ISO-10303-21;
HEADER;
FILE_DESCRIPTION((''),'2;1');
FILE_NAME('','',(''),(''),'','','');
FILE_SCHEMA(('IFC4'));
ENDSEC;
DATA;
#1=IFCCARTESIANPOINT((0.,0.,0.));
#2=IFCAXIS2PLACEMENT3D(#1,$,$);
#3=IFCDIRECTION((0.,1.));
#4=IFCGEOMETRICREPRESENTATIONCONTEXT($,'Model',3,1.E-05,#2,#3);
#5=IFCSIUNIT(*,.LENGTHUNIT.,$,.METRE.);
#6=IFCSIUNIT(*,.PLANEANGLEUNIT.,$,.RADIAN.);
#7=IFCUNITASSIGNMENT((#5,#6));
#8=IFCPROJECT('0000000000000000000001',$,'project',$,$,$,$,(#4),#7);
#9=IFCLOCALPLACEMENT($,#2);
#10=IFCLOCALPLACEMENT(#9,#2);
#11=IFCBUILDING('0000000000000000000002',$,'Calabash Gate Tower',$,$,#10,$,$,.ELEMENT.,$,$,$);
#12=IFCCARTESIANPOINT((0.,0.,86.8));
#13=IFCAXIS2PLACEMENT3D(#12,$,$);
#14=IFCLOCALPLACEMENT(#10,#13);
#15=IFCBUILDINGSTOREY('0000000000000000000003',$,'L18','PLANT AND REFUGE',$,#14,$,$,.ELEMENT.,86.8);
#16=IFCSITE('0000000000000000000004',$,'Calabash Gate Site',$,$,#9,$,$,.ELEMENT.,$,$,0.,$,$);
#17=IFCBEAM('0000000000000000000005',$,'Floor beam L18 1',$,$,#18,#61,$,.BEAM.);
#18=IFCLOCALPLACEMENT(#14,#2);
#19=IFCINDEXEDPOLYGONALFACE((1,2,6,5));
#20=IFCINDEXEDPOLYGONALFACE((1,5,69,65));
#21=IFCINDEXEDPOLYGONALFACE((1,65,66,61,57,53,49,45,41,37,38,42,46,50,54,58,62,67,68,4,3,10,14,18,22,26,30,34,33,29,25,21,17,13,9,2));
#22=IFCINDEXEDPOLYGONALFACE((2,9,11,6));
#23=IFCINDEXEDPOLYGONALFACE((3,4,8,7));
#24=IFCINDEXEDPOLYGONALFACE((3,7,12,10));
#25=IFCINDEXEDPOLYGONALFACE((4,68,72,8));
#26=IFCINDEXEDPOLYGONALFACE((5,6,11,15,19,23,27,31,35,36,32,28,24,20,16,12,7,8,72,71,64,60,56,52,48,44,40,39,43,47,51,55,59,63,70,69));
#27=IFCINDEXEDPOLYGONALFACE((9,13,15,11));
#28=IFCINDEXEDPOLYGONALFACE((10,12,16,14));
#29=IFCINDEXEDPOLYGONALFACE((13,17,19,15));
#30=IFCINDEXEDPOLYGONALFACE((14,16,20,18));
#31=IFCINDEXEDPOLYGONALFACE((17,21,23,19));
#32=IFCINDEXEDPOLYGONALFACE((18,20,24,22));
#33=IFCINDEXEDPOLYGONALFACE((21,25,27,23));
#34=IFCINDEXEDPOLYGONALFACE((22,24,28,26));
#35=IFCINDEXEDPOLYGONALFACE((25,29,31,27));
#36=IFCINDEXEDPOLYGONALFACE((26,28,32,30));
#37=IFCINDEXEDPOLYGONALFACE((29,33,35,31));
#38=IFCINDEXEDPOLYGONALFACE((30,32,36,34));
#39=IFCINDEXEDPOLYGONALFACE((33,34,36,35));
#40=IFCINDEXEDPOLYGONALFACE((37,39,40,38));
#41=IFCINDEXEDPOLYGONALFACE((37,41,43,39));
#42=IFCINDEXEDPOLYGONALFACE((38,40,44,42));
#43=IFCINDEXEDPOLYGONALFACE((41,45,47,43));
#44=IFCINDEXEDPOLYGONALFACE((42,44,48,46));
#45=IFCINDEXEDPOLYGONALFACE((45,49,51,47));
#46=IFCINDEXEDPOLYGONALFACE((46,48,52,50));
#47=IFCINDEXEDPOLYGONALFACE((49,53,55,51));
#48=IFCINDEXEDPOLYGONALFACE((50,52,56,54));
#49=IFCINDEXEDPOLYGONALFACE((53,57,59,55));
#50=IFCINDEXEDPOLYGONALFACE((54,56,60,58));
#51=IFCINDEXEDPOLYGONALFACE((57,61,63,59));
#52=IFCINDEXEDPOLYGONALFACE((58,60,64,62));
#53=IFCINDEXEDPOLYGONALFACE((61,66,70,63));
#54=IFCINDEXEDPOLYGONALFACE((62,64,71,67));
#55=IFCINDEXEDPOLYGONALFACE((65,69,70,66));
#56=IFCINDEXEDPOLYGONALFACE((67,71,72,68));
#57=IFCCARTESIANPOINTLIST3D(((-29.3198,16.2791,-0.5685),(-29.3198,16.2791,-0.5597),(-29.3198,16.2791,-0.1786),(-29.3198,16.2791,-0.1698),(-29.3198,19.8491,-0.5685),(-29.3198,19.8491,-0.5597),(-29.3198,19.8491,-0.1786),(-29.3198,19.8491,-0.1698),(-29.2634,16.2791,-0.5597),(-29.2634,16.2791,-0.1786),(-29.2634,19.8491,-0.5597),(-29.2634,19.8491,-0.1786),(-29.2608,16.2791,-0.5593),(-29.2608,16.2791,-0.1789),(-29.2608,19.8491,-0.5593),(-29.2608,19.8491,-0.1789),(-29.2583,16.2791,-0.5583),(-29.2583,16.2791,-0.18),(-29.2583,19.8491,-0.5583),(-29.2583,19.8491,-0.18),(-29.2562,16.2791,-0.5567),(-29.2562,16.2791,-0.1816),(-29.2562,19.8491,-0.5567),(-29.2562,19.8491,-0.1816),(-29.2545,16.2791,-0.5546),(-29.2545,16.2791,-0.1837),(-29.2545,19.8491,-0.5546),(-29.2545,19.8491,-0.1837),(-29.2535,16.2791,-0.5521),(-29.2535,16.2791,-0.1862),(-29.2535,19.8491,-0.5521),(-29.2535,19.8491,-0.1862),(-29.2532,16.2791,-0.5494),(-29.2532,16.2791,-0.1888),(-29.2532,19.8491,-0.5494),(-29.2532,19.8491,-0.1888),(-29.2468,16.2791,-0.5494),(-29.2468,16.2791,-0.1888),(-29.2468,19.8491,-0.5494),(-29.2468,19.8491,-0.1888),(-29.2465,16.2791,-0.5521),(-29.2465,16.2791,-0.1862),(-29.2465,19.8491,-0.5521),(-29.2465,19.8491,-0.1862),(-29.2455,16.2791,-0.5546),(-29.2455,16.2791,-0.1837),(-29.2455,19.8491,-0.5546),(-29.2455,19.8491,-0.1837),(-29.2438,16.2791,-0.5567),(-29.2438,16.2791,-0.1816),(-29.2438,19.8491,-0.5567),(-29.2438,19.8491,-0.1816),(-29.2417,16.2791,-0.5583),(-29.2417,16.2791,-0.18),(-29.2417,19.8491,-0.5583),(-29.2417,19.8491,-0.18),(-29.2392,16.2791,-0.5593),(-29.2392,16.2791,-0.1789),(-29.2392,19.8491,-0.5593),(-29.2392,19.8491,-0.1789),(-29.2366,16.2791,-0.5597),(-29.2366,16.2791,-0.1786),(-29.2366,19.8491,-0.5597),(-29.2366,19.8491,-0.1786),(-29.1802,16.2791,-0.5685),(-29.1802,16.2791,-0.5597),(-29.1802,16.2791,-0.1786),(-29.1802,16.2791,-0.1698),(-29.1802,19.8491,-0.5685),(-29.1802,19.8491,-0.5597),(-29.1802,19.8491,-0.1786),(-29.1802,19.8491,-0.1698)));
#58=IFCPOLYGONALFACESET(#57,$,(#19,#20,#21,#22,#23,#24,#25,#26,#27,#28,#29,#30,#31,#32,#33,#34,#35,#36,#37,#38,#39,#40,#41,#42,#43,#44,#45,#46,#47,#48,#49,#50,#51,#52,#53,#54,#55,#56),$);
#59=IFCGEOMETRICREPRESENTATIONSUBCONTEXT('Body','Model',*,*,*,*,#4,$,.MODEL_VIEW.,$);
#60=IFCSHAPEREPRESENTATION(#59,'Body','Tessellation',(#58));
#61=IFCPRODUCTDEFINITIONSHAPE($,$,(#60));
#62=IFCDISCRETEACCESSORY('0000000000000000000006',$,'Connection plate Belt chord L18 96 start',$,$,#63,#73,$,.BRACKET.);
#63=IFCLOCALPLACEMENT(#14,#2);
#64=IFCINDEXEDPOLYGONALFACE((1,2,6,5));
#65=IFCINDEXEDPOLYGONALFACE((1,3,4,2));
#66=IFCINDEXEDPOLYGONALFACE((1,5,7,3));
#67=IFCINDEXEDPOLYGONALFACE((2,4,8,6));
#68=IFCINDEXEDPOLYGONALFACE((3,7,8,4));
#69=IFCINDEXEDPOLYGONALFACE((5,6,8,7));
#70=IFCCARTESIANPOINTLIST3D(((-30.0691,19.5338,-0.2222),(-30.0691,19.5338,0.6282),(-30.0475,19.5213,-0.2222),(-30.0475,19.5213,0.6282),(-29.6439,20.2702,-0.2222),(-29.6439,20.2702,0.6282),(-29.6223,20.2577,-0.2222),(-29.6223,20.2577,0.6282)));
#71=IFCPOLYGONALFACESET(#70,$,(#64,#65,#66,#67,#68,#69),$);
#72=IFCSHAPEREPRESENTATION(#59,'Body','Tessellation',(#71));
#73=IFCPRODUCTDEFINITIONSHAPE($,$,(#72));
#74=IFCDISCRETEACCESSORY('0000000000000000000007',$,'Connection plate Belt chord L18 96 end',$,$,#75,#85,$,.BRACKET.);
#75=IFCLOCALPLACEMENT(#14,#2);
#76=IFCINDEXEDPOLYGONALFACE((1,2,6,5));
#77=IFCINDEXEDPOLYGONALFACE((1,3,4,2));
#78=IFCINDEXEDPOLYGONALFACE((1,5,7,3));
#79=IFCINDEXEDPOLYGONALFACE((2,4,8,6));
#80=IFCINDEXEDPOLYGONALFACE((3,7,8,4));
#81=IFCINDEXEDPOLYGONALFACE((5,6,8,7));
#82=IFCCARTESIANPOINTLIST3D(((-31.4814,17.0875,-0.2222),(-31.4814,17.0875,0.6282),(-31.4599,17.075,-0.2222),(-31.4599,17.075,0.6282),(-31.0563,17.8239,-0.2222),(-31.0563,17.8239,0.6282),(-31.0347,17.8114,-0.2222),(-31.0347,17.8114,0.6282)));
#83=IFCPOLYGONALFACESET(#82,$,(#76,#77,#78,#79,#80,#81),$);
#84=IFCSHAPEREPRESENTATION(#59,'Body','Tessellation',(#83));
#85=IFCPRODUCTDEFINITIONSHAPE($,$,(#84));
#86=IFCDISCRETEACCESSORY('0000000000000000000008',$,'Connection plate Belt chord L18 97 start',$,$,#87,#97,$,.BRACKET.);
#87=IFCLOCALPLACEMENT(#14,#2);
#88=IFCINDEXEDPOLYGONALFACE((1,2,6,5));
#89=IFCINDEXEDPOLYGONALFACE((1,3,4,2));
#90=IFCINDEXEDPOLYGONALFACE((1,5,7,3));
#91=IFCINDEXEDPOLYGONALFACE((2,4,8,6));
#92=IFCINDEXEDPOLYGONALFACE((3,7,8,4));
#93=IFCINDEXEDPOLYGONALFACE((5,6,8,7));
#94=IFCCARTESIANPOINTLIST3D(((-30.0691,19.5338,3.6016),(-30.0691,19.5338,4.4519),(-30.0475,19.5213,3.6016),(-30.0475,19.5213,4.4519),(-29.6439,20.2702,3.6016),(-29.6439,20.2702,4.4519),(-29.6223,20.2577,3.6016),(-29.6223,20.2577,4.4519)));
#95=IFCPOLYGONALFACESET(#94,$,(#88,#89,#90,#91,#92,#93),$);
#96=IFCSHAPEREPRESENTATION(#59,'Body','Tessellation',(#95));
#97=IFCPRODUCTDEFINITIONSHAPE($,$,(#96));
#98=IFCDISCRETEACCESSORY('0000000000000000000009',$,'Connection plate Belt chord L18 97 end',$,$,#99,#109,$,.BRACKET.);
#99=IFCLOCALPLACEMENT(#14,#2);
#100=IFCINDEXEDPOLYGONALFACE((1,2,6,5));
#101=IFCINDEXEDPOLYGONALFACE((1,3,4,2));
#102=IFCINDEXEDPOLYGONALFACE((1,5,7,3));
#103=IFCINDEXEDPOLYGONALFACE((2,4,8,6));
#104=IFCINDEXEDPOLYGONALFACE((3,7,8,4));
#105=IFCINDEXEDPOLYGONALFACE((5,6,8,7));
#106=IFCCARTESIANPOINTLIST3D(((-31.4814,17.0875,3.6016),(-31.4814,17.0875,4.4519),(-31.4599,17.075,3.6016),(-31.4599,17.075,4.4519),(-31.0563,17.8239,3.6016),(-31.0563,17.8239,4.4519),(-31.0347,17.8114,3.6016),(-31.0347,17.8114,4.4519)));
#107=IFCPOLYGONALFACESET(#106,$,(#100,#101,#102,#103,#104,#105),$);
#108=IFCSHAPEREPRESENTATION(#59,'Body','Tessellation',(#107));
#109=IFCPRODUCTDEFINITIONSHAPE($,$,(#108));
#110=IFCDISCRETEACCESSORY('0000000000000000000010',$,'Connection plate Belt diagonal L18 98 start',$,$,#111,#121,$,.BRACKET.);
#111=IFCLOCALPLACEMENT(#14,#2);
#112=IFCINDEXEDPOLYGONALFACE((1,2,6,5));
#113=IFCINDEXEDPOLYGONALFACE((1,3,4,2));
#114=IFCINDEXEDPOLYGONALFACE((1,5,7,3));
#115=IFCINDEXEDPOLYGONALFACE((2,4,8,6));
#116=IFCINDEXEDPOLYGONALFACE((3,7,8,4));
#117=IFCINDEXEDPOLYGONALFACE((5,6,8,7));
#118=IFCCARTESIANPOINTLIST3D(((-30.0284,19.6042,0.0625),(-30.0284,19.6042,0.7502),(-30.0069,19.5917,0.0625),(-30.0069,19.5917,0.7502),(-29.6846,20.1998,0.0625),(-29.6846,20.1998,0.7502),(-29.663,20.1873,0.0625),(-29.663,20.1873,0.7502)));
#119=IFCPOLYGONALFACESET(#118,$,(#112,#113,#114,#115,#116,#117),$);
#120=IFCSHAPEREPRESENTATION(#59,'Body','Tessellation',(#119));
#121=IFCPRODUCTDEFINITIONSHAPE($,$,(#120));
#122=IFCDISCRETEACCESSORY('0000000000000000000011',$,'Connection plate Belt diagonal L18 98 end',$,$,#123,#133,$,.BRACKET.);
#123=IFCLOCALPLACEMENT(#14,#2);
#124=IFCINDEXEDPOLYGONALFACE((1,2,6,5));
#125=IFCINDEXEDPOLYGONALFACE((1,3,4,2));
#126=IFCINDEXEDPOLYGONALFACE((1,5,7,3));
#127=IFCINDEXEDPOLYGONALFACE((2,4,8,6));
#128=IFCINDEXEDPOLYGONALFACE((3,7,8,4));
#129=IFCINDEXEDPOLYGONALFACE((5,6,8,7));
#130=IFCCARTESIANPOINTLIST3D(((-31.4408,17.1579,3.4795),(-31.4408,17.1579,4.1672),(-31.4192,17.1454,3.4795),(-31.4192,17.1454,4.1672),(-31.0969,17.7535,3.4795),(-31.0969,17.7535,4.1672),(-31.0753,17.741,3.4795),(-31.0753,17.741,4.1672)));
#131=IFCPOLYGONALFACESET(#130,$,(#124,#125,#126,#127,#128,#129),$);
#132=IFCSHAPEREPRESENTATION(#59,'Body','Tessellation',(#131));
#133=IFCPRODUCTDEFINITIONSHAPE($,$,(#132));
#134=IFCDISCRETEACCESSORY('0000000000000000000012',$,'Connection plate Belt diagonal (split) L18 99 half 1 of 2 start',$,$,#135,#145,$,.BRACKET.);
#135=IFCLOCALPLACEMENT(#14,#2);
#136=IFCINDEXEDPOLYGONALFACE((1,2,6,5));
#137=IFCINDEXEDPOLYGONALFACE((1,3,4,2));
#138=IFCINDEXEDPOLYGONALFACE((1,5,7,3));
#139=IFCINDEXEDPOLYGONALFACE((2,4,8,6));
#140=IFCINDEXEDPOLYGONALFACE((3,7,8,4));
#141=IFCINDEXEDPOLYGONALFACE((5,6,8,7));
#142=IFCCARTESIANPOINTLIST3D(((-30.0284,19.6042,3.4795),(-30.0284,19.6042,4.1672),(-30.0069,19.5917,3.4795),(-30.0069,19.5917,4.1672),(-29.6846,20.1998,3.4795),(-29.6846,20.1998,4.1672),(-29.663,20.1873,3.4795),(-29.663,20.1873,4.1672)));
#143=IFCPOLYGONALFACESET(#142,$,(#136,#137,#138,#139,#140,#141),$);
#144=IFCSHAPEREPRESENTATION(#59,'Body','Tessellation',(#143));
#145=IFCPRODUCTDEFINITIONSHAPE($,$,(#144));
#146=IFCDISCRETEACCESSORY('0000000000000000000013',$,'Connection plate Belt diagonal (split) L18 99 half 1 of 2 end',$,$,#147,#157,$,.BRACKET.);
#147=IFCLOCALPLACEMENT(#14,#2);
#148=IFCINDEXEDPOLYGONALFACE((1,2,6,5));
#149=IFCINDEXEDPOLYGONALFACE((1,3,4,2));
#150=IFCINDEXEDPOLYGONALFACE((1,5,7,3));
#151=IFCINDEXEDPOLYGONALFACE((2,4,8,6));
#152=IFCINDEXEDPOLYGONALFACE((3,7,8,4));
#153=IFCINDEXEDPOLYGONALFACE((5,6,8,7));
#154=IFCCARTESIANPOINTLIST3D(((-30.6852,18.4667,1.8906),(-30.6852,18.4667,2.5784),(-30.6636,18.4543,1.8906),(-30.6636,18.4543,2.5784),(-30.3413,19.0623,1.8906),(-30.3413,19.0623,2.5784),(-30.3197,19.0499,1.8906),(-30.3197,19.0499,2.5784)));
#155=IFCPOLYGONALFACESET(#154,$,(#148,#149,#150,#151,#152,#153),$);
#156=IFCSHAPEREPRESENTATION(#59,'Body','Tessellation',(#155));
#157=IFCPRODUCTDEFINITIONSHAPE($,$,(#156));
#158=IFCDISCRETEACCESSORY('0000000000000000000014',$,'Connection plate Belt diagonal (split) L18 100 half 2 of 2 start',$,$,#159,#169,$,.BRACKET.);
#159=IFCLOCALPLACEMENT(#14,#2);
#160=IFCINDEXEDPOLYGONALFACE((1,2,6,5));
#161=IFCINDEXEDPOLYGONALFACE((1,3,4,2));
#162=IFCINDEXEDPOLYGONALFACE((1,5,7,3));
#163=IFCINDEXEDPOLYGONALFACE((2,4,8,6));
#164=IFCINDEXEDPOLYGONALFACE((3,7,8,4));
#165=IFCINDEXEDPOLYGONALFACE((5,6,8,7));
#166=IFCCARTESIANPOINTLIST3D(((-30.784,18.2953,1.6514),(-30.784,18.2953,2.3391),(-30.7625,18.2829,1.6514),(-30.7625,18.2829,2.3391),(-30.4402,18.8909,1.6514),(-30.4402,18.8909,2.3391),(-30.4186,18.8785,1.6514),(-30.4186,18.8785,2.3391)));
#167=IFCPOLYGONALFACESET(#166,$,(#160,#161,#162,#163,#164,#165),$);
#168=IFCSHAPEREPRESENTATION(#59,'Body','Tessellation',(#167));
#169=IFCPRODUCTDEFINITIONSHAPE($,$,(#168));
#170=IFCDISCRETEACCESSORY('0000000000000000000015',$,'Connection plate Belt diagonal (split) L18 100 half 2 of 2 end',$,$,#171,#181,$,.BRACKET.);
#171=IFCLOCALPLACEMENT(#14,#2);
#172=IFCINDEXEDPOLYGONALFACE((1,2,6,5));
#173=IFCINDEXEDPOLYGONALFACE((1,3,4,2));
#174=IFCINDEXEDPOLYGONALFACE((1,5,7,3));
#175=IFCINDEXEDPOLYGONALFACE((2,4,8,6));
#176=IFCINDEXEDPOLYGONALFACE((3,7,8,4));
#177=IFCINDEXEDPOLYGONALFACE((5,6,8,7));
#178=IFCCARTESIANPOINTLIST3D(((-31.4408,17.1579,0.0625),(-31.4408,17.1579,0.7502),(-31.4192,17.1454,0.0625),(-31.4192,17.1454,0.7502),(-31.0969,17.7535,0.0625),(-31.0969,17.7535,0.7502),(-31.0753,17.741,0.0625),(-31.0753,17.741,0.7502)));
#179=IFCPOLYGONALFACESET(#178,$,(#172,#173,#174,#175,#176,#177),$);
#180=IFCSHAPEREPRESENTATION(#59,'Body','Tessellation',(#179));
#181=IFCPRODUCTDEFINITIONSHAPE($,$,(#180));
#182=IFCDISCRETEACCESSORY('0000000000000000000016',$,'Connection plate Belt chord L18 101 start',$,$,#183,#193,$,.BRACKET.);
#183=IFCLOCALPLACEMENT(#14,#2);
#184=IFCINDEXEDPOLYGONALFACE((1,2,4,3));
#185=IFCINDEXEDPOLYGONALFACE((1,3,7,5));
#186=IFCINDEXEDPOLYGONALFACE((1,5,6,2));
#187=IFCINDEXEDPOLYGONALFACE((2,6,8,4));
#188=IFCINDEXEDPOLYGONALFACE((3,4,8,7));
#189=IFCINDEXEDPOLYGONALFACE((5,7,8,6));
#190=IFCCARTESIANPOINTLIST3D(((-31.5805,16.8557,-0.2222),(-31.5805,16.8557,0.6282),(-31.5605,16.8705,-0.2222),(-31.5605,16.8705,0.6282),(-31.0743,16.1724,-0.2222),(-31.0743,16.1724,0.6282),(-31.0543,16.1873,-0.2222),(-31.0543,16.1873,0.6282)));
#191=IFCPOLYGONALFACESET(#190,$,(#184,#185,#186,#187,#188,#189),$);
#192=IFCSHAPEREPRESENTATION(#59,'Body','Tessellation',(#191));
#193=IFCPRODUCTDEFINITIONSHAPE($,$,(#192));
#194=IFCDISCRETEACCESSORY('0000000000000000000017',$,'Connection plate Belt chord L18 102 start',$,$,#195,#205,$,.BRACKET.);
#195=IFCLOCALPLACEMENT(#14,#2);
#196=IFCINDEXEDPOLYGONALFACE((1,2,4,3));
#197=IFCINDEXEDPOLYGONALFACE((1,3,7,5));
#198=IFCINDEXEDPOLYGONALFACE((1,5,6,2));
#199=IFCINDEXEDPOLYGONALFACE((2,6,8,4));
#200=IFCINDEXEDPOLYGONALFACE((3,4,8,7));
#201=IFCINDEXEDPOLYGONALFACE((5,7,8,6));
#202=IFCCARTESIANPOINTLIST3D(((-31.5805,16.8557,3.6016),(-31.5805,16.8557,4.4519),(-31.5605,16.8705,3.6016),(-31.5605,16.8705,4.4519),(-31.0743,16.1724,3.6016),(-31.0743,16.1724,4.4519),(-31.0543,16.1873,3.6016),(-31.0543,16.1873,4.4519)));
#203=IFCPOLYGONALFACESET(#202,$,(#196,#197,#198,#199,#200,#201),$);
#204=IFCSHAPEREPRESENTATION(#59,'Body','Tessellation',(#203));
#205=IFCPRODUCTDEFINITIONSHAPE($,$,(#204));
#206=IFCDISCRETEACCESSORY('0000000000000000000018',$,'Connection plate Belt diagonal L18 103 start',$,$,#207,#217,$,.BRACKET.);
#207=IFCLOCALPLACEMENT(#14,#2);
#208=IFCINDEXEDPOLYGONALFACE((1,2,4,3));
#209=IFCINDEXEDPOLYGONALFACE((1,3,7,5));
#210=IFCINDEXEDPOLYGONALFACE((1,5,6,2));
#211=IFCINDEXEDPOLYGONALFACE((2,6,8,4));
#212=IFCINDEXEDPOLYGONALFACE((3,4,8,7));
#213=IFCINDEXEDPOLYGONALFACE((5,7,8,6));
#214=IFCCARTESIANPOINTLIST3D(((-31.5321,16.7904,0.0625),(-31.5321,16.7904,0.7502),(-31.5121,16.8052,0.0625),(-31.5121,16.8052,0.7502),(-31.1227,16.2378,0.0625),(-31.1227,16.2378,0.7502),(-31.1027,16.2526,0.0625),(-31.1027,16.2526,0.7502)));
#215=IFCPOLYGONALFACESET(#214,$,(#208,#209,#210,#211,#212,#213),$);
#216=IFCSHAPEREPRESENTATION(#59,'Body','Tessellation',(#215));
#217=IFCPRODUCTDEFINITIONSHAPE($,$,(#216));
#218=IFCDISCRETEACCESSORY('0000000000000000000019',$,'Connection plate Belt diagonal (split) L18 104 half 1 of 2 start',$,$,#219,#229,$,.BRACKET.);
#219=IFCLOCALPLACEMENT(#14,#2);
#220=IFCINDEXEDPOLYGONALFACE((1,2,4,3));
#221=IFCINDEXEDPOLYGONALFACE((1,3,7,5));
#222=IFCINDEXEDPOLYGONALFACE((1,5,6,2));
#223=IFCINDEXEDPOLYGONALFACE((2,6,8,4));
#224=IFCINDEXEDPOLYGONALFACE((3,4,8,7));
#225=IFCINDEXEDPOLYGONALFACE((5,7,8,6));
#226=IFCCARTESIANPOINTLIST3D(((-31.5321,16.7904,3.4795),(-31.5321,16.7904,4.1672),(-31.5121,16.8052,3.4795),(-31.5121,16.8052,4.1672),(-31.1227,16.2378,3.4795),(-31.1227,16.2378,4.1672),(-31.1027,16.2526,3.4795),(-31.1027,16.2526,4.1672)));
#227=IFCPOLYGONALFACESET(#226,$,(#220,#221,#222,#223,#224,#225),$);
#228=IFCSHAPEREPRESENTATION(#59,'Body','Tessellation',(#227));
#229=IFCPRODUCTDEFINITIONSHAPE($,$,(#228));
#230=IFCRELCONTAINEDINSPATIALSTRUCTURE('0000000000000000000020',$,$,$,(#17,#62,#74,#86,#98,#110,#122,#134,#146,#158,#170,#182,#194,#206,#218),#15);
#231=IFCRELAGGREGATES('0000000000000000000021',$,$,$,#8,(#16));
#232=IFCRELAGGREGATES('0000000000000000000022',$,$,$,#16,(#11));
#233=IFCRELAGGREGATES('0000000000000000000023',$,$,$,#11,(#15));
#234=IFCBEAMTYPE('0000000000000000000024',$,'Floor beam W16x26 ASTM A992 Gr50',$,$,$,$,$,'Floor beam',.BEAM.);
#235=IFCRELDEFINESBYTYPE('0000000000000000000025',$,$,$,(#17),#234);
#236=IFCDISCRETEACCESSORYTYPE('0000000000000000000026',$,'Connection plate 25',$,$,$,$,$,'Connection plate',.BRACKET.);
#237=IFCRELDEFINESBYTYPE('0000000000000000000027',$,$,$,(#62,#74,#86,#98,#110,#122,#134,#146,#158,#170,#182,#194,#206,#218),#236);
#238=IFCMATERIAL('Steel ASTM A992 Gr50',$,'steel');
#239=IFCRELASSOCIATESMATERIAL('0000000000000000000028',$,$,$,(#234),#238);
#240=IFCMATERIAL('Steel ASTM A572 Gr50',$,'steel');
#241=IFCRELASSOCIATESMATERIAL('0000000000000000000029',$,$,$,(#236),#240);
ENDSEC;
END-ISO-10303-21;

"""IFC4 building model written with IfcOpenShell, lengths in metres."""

from ifc_helpers import new_model, si_unit, direction, frame, origin, origin_2d, place, context, subcontext, project, spatial, rectangle, i_section, extrude, material, material_profile, profile_set, type_object, element, save


model = new_model("IFC4")

# Units and contexts
model_context = context("Model", 3, precision=1e-05, world=origin(), true_north=direction((0.0, 1.0)))
body_context = subcontext(model_context, "Body", "Model", "MODEL_VIEW")
ifc_project = project(units=[si_unit("LENGTHUNIT", "METRE"), si_unit("PLANEANGLEUNIT", "RADIAN")], contexts=[model_context])

# Site, building, storey
site_placement = place(None, origin())
site = spatial("IfcSite", under=ifc_project, at=site_placement, Name="Calabash Gate Site", CompositionType="ELEMENT", RefElevation=0.0)
building_placement = place(site_placement, origin())
building = spatial("IfcBuilding", under=site, at=building_placement, Name="Calabash Gate Tower", CompositionType="ELEMENT")
storey_placement = place(building_placement, frame((0.0, 0.0, 86.8)))
storey = spatial("IfcBuildingStorey", under=building, at=storey_placement, Name="L18", Description="PLANT AND REFUGE", CompositionType="ELEMENT", Elevation=86.8)

# Beam
ifc_material_1 = material(Name="Steel ASTM A992 Gr50", Category="steel")
ifc_material_profile_1 = material_profile(ifc_material_1, i_section(OverallWidth=0.1396, OverallDepth=0.3987, WebThickness=0.0063, FlangeThickness=0.0088, FilletRadius=0.0103, at=origin_2d()))
ifc_profile_set_1 = profile_set([ifc_material_profile_1], Name="Steel ASTM A992 Gr50")
beam_type_1 = type_object("IfcBeamType", Name="Floor beam W16x26 ASTM A992 Gr50", ElementType="Floor beam", PredefinedType="BEAM", material=ifc_profile_set_1)
beam_1_placement = place(storey_placement, frame((-29.25, 16.2791, -0.3691), z_axis=(0.0, 1.0, 0.0), x_axis=(-1.0, 0.0, 0.0)))
element("IfcBeam", 1, at=beam_1_placement, inside=storey, type_object=beam_type_1, Name="Floor beam L18 1", PredefinedType="BEAM", context=body_context, shape_type="SweptSolid", body=[
    extrude(i_section(OverallWidth=0.1396, OverallDepth=0.3987, WebThickness=0.0063, FlangeThickness=0.0088, FilletRadius=0.0103, at=origin_2d()), origin(), (0.0, 0.0, 1.0), 3.5701),
])

# Discrete accessories
ifc_material_2 = material(Name="Steel ASTM A572 Gr50", Category="steel")
discrete_accessory_type = type_object("IfcDiscreteAccessoryType", Name="Connection plate 25", ElementType="Connection plate", PredefinedType="BRACKET", material=ifc_material_2)
for number, where, z_axis, x_axis, name in (
    (2, (-29.8457, 19.8958, -0.2222), (0.0, 0.0, 1.0), (-0.5, -0.866025, 0.0), "Connection plate Belt chord L18 96 start"),
    (3, (-31.2581, 17.4495, -0.2222), (0.0, 0.0, 1.0), (-0.5, -0.866025, 0.0), "Connection plate Belt chord L18 96 end"),
    (4, (-29.8457, 19.8958, 3.6016), (0.0, 0.0, 1.0), (-0.5, -0.866025, 0.0), "Connection plate Belt chord L18 97 start"),
    (5, (-31.2581, 17.4495, 3.6016), (0.0, 0.0, 1.0), (-0.5, -0.866025, 0.0), "Connection plate Belt chord L18 97 end"),
):
    element("IfcDiscreteAccessory", number, at=place(storey_placement, frame(where, z_axis=z_axis, x_axis=x_axis)), inside=storey, type_object=discrete_accessory_type, Name=name, PredefinedType="BRACKET", context=body_context, shape_type="SweptSolid", body=[
        extrude(rectangle(XDim=0.8503, YDim=0.0249, at=origin_2d()), origin(), (0.0, 0.0, 1.0), 0.8503),
    ])
for number, where, z_axis, x_axis, name in (
    (6, (-29.8457, 19.8958, 0.0625), (0.0, 0.0, 1.0), (-0.5, -0.866025, 0.0), "Connection plate Belt diagonal L18 98 start"),
    (7, (-31.2581, 17.4495, 3.4795), (0.0, 0.0, 1.0), (-0.5, -0.866025, 0.0), "Connection plate Belt diagonal L18 98 end"),
    (8, (-29.8457, 19.8958, 3.4795), (0.0, 0.0, 1.0), (-0.5, -0.866025, 0.0), "Connection plate Belt diagonal (split) L18 99 half 1 of 2 start"),
    (9, (-30.5024, 18.7583, 1.8906), (0.0, 0.0, 1.0), (-0.5, -0.866025, 0.0), "Connection plate Belt diagonal (split) L18 99 half 1 of 2 end"),
    (10, (-30.6013, 18.5869, 1.6514), (0.0, 0.0, 1.0), (-0.5, -0.866025, 0.0), "Connection plate Belt diagonal (split) L18 100 half 2 of 2 start"),
    (11, (-31.2581, 17.4495, 0.0625), (0.0, 0.0, 1.0), (-0.5, -0.866025, 0.0), "Connection plate Belt diagonal (split) L18 100 half 2 of 2 end"),
):
    element("IfcDiscreteAccessory", number, at=place(storey_placement, frame(where, z_axis=z_axis, x_axis=x_axis)), inside=storey, type_object=discrete_accessory_type, Name=name, PredefinedType="BRACKET", context=body_context, shape_type="SweptSolid", body=[
        extrude(rectangle(XDim=0.6877, YDim=0.0249, at=origin_2d()), origin(), (0.0, 0.0, 1.0), 0.6877),
    ])
for number, where, z_axis, x_axis, name in (
    (12, (-31.3174, 16.5215, -0.2222), (0.0, 0.0, 1.0), (0.595287, -0.803513, 0.0), "Connection plate Belt chord L18 101 start"),
    (13, (-31.3174, 16.5215, 3.6016), (0.0, 0.0, 1.0), (0.595276, -0.803521, 0.0), "Connection plate Belt chord L18 102 start"),
):
    element("IfcDiscreteAccessory", number, at=place(storey_placement, frame(where, z_axis=z_axis, x_axis=x_axis)), inside=storey, type_object=discrete_accessory_type, Name=name, PredefinedType="BRACKET", context=body_context, shape_type="SweptSolid", body=[
        extrude(rectangle(XDim=0.8503, YDim=0.0249, at=origin_2d()), origin(), (0.0, 0.0, 1.0), 0.8503),
    ])
for number, where, z_axis, x_axis, name in (
    (14, (-31.3174, 16.5215, 0.0625), (0.0, 0.0, 1.0), (0.595287, -0.803513, 0.0), "Connection plate Belt diagonal L18 103 start"),
    (15, (-31.3174, 16.5215, 3.4795), (0.0, 0.0, 1.0), (0.595287, -0.803513, 0.0), "Connection plate Belt diagonal (split) L18 104 half 1 of 2 start"),
):
    element("IfcDiscreteAccessory", number, at=place(storey_placement, frame(where, z_axis=z_axis, x_axis=x_axis)), inside=storey, type_object=discrete_accessory_type, Name=name, PredefinedType="BRACKET", context=body_context, shape_type="SweptSolid", body=[
        extrude(rectangle(XDim=0.6877, YDim=0.0249, at=origin_2d()), origin(), (0.0, 0.0, 1.0), 0.6877),
    ])

save(model, "model.ifc")
